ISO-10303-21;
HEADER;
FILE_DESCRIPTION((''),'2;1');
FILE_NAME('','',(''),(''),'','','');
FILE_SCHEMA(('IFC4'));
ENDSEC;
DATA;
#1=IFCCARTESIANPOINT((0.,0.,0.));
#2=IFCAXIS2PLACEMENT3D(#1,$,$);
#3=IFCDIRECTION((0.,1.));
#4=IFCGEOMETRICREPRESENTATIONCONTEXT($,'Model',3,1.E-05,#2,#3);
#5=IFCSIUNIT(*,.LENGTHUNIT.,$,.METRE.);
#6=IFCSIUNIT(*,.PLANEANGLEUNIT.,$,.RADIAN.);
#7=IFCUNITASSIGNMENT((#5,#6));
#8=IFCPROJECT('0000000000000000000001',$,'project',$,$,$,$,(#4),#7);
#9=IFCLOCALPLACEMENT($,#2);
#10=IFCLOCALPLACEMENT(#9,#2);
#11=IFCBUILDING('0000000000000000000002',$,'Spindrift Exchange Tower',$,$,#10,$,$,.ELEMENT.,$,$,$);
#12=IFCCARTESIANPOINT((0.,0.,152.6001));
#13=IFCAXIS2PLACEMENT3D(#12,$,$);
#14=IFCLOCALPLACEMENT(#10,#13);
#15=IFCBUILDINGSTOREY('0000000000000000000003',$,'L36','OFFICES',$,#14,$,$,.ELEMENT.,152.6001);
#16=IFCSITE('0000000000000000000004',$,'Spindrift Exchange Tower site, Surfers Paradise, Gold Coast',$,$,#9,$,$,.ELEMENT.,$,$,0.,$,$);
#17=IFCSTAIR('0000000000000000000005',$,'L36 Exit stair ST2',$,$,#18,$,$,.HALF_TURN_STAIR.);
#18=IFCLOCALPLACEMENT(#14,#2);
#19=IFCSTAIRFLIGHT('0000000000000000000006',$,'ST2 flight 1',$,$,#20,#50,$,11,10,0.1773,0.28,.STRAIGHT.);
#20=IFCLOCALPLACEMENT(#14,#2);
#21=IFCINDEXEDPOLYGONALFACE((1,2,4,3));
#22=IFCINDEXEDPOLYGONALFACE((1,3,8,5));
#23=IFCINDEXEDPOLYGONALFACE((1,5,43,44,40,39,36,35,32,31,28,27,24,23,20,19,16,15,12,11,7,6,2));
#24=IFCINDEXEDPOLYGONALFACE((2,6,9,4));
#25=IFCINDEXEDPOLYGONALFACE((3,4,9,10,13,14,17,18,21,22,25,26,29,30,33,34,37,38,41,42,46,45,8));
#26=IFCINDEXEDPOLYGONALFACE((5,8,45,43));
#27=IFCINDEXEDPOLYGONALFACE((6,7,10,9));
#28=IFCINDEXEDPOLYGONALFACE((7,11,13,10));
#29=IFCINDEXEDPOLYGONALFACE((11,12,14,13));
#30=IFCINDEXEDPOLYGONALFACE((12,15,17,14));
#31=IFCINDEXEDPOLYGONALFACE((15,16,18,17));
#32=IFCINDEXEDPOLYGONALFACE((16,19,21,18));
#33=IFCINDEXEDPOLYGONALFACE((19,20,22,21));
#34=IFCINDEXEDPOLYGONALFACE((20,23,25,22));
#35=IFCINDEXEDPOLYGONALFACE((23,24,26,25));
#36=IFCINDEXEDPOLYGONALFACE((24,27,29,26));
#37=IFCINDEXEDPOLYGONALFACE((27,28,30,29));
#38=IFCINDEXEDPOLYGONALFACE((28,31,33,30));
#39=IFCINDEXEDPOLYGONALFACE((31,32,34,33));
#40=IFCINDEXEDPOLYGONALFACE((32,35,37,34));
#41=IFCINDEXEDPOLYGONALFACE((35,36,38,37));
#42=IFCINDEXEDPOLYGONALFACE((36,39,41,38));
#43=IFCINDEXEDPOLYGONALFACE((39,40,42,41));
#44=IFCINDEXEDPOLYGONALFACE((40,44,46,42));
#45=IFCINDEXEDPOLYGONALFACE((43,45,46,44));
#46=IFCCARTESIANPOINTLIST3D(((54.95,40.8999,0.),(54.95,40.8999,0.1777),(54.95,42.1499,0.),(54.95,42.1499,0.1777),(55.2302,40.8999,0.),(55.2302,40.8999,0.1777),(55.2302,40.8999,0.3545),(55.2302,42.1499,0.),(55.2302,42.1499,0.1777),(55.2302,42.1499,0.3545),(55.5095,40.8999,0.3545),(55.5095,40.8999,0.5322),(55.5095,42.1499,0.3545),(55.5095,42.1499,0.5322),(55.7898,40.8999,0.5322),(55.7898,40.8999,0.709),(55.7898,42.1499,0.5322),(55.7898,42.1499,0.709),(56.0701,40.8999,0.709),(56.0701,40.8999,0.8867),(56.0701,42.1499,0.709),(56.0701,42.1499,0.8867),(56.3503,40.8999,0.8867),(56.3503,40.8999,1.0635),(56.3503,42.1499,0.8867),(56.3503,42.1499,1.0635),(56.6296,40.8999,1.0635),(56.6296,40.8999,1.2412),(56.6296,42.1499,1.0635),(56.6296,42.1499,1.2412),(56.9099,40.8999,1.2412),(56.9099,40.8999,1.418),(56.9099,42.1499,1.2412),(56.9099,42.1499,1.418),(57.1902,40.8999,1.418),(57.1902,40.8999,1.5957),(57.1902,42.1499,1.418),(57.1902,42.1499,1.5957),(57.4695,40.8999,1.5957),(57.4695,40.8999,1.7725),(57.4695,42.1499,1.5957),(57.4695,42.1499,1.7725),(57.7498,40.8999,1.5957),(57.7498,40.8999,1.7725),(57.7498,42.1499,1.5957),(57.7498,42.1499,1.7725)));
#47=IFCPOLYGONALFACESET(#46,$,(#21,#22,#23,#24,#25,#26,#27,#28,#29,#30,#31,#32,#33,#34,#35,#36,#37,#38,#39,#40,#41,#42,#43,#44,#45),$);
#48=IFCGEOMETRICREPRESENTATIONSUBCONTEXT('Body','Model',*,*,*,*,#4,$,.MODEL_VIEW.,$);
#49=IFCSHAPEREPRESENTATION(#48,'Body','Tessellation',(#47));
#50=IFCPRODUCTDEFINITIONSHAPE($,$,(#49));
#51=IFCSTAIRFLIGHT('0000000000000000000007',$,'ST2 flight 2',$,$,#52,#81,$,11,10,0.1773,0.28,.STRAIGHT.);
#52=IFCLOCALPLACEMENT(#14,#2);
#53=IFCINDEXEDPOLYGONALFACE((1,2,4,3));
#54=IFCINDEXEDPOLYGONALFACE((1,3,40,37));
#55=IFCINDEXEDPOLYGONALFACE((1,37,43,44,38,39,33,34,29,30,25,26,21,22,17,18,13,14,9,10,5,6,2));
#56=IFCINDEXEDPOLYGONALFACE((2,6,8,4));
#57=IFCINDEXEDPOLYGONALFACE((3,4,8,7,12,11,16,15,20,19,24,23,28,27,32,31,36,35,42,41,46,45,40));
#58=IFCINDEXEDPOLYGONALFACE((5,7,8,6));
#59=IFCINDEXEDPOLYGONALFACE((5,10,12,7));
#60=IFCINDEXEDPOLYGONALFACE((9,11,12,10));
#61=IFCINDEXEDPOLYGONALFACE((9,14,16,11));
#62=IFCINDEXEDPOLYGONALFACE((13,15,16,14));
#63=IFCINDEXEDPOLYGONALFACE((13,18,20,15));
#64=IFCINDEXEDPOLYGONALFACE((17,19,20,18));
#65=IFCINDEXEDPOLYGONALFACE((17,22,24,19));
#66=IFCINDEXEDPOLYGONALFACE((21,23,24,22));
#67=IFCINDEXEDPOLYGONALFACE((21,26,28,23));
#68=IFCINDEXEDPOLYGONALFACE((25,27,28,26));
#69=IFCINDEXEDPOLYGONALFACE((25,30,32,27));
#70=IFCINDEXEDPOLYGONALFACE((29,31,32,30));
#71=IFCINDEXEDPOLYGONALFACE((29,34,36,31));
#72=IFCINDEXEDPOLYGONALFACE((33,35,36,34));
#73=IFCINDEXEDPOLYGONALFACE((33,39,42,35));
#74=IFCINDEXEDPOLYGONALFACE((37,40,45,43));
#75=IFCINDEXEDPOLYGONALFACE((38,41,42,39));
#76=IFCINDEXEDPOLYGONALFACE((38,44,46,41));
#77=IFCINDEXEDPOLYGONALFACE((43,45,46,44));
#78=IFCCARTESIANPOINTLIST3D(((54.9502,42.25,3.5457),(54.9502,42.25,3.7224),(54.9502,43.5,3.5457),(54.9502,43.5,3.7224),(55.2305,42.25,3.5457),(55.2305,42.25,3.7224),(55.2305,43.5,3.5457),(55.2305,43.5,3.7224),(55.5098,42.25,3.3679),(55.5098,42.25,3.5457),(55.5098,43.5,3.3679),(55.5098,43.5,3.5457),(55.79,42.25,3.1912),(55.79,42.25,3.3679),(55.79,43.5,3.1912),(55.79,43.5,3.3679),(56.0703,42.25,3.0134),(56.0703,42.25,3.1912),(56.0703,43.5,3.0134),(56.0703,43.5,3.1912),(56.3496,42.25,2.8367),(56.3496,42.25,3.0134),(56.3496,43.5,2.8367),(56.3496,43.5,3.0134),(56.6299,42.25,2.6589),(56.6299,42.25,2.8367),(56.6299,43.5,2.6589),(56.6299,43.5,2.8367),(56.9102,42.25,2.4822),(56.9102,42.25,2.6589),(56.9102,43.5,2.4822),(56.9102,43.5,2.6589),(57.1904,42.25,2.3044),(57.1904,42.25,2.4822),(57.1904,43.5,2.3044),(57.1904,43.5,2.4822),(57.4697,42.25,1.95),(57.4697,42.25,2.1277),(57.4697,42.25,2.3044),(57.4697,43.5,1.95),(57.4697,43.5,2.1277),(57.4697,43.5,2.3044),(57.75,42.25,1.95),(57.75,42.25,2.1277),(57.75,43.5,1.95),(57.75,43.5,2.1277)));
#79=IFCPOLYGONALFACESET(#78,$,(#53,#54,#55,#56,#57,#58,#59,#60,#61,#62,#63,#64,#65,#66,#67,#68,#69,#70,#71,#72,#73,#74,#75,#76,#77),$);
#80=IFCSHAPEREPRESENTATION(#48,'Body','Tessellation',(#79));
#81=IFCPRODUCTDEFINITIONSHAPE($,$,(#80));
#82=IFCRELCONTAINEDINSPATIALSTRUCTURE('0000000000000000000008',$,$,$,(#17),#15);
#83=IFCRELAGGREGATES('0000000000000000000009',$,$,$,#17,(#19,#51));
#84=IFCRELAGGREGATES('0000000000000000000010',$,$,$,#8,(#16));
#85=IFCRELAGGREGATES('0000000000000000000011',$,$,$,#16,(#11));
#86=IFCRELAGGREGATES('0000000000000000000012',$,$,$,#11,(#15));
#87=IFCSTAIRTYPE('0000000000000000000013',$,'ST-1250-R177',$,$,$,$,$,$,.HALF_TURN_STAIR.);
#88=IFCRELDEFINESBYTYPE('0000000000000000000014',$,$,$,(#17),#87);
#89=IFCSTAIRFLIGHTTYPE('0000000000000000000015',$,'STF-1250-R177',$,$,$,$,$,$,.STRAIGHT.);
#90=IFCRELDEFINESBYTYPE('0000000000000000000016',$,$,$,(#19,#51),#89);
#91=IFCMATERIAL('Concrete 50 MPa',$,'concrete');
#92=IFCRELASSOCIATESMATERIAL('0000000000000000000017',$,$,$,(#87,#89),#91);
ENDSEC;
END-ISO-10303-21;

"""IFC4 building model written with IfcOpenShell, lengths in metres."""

from ifc_helpers import new_model, si_unit, direction, frame, origin, place, context, subcontext, project, spatial, line, indexed_curve, outline, extrude, material, type_object, element, aggregate, save


model = new_model("IFC4")

# Units and contexts
model_context = context("Model", 3, precision=1e-05, world=origin(), true_north=direction((0.0, 1.0)))
body_context = subcontext(model_context, "Body", "Model", "MODEL_VIEW")
ifc_project = project(units=[si_unit("LENGTHUNIT", "METRE"), si_unit("PLANEANGLEUNIT", "RADIAN")], contexts=[model_context])

# Site, building, storey
site_placement = place(None, origin())
site = spatial("IfcSite", under=ifc_project, at=site_placement, Name="Spindrift Exchange Tower site, Surfers Paradise, Gold Coast", CompositionType="ELEMENT", RefElevation=0.0)
building_placement = place(site_placement, origin())
building = spatial("IfcBuilding", under=site, at=building_placement, Name="Spindrift Exchange Tower", CompositionType="ELEMENT")
storey_placement = place(building_placement, frame((0.0, 0.0, 152.6001)))
storey = spatial("IfcBuildingStorey", under=building, at=storey_placement, Name="L36", Description="OFFICES", CompositionType="ELEMENT", Elevation=152.6001)

# Stair, stair flights
ifc_material_1 = material(Name="Concrete 50 MPa", Category="concrete")
stair_type = type_object("IfcStairType", Name="ST-1250-R177", PredefinedType="HALF_TURN_STAIR", material=ifc_material_1)
stair_placement = place(storey_placement, origin())
stair = element("IfcStair", 1, at=stair_placement, inside=storey, type_object=stair_type, Name="L36 Exit stair ST2", PredefinedType="HALF_TURN_STAIR")
stair_flight_type = type_object("IfcStairFlightType", Name="STF-1250-R177", PredefinedType="STRAIGHT", material=ifc_material_1)
stair_flight_1_placement = place(storey_placement, frame((54.95, 41.5249, 0.0), z_axis=(0.0, 0.0, 1.0), x_axis=(1.0, 0.0, 0.0)))
stair_flight_1 = element("IfcStairFlight", 2, at=stair_flight_1_placement, type_object=stair_flight_type, Name="ST2 flight 1", NumberOfRisers=11, NumberOfTreads=10, PredefinedType="STRAIGHT", RiserHeight=0.1773, TreadLength=0.28, context=body_context, shape_type="SweptSolid", body=[
    extrude(outline(indexed_curve([(0.0, 0.0), (0.0, 0.1777), (0.2803, 0.1777), (0.2803, 0.3545), (0.5596, 0.3545), (0.5596, 0.5322), (0.8398, 0.5322), (0.8398, 0.709), (1.1201, 0.709), (1.1201, 0.8867), (1.4004, 0.8867), (1.4004, 1.0635), (1.6797, 1.0635), (1.6797, 1.2412), (1.96, 1.2412), (1.96, 1.418), (2.2402, 1.418), (2.2402, 1.5957), (2.5195, 1.5957), (2.5195, 1.7725), (2.7998, 1.7725), (2.7998, 1.9502), (2.7998, 1.5957), (0.2803, 0.0)], segments=[line(1, 2, 3, 4, 5, 6, 7, 8, 9, 10, 11, 12, 13, 14, 15, 16, 17, 18, 19, 20, 21, 22, 23, 24, 1)], self_intersect=False)), frame((0.0, 0.625, 0.0), z_axis=(0.0, -1.0, 0.0), x_axis=(1.0, 0.0, 0.0)), (0.0, 0.0, 1.0), 1.25),
])
stair_flight_2_placement = place(storey_placement, frame((57.75, 42.875, 1.95), z_axis=(0.0, 0.0, 1.0), x_axis=(-1.0, 0.0, 0.0)))
stair_flight_2 = element("IfcStairFlight", 3, at=stair_flight_2_placement, type_object=stair_flight_type, Name="ST2 flight 2", NumberOfRisers=11, NumberOfTreads=10, PredefinedType="STRAIGHT", RiserHeight=0.1773, TreadLength=0.28, context=body_context, shape_type="SweptSolid", body=[
    extrude(outline(indexed_curve([(0.0, 0.0), (0.0, 0.1777), (0.2803, 0.1777), (0.2803, 0.3545), (0.5596, 0.3545), (0.5596, 0.5322), (0.8398, 0.5322), (0.8398, 0.709), (1.1201, 0.709), (1.1201, 0.8867), (1.4004, 0.8867), (1.4004, 1.0635), (1.6797, 1.0635), (1.6797, 1.2412), (1.96, 1.2412), (1.96, 1.418), (2.2402, 1.418), (2.2402, 1.5957), (2.5195, 1.5957), (2.5195, 1.7725), (2.7998, 1.7725), (2.7998, 1.9502), (2.7998, 1.5957), (0.2803, 0.0)], segments=[line(1, 2, 3, 4, 5, 6, 7, 8, 9, 10, 11, 12, 13, 14, 15, 16, 17, 18, 19, 20, 21, 22, 23, 24, 1)], self_intersect=False)), frame((0.0, 0.625, 0.0), z_axis=(0.0, -1.0, 0.0), x_axis=(1.0, 0.0, 0.0)), (0.0, 0.0, 1.0), 1.25),
])
aggregate(stair, [stair_flight_1, stair_flight_2])

save(model, "model.ifc")
